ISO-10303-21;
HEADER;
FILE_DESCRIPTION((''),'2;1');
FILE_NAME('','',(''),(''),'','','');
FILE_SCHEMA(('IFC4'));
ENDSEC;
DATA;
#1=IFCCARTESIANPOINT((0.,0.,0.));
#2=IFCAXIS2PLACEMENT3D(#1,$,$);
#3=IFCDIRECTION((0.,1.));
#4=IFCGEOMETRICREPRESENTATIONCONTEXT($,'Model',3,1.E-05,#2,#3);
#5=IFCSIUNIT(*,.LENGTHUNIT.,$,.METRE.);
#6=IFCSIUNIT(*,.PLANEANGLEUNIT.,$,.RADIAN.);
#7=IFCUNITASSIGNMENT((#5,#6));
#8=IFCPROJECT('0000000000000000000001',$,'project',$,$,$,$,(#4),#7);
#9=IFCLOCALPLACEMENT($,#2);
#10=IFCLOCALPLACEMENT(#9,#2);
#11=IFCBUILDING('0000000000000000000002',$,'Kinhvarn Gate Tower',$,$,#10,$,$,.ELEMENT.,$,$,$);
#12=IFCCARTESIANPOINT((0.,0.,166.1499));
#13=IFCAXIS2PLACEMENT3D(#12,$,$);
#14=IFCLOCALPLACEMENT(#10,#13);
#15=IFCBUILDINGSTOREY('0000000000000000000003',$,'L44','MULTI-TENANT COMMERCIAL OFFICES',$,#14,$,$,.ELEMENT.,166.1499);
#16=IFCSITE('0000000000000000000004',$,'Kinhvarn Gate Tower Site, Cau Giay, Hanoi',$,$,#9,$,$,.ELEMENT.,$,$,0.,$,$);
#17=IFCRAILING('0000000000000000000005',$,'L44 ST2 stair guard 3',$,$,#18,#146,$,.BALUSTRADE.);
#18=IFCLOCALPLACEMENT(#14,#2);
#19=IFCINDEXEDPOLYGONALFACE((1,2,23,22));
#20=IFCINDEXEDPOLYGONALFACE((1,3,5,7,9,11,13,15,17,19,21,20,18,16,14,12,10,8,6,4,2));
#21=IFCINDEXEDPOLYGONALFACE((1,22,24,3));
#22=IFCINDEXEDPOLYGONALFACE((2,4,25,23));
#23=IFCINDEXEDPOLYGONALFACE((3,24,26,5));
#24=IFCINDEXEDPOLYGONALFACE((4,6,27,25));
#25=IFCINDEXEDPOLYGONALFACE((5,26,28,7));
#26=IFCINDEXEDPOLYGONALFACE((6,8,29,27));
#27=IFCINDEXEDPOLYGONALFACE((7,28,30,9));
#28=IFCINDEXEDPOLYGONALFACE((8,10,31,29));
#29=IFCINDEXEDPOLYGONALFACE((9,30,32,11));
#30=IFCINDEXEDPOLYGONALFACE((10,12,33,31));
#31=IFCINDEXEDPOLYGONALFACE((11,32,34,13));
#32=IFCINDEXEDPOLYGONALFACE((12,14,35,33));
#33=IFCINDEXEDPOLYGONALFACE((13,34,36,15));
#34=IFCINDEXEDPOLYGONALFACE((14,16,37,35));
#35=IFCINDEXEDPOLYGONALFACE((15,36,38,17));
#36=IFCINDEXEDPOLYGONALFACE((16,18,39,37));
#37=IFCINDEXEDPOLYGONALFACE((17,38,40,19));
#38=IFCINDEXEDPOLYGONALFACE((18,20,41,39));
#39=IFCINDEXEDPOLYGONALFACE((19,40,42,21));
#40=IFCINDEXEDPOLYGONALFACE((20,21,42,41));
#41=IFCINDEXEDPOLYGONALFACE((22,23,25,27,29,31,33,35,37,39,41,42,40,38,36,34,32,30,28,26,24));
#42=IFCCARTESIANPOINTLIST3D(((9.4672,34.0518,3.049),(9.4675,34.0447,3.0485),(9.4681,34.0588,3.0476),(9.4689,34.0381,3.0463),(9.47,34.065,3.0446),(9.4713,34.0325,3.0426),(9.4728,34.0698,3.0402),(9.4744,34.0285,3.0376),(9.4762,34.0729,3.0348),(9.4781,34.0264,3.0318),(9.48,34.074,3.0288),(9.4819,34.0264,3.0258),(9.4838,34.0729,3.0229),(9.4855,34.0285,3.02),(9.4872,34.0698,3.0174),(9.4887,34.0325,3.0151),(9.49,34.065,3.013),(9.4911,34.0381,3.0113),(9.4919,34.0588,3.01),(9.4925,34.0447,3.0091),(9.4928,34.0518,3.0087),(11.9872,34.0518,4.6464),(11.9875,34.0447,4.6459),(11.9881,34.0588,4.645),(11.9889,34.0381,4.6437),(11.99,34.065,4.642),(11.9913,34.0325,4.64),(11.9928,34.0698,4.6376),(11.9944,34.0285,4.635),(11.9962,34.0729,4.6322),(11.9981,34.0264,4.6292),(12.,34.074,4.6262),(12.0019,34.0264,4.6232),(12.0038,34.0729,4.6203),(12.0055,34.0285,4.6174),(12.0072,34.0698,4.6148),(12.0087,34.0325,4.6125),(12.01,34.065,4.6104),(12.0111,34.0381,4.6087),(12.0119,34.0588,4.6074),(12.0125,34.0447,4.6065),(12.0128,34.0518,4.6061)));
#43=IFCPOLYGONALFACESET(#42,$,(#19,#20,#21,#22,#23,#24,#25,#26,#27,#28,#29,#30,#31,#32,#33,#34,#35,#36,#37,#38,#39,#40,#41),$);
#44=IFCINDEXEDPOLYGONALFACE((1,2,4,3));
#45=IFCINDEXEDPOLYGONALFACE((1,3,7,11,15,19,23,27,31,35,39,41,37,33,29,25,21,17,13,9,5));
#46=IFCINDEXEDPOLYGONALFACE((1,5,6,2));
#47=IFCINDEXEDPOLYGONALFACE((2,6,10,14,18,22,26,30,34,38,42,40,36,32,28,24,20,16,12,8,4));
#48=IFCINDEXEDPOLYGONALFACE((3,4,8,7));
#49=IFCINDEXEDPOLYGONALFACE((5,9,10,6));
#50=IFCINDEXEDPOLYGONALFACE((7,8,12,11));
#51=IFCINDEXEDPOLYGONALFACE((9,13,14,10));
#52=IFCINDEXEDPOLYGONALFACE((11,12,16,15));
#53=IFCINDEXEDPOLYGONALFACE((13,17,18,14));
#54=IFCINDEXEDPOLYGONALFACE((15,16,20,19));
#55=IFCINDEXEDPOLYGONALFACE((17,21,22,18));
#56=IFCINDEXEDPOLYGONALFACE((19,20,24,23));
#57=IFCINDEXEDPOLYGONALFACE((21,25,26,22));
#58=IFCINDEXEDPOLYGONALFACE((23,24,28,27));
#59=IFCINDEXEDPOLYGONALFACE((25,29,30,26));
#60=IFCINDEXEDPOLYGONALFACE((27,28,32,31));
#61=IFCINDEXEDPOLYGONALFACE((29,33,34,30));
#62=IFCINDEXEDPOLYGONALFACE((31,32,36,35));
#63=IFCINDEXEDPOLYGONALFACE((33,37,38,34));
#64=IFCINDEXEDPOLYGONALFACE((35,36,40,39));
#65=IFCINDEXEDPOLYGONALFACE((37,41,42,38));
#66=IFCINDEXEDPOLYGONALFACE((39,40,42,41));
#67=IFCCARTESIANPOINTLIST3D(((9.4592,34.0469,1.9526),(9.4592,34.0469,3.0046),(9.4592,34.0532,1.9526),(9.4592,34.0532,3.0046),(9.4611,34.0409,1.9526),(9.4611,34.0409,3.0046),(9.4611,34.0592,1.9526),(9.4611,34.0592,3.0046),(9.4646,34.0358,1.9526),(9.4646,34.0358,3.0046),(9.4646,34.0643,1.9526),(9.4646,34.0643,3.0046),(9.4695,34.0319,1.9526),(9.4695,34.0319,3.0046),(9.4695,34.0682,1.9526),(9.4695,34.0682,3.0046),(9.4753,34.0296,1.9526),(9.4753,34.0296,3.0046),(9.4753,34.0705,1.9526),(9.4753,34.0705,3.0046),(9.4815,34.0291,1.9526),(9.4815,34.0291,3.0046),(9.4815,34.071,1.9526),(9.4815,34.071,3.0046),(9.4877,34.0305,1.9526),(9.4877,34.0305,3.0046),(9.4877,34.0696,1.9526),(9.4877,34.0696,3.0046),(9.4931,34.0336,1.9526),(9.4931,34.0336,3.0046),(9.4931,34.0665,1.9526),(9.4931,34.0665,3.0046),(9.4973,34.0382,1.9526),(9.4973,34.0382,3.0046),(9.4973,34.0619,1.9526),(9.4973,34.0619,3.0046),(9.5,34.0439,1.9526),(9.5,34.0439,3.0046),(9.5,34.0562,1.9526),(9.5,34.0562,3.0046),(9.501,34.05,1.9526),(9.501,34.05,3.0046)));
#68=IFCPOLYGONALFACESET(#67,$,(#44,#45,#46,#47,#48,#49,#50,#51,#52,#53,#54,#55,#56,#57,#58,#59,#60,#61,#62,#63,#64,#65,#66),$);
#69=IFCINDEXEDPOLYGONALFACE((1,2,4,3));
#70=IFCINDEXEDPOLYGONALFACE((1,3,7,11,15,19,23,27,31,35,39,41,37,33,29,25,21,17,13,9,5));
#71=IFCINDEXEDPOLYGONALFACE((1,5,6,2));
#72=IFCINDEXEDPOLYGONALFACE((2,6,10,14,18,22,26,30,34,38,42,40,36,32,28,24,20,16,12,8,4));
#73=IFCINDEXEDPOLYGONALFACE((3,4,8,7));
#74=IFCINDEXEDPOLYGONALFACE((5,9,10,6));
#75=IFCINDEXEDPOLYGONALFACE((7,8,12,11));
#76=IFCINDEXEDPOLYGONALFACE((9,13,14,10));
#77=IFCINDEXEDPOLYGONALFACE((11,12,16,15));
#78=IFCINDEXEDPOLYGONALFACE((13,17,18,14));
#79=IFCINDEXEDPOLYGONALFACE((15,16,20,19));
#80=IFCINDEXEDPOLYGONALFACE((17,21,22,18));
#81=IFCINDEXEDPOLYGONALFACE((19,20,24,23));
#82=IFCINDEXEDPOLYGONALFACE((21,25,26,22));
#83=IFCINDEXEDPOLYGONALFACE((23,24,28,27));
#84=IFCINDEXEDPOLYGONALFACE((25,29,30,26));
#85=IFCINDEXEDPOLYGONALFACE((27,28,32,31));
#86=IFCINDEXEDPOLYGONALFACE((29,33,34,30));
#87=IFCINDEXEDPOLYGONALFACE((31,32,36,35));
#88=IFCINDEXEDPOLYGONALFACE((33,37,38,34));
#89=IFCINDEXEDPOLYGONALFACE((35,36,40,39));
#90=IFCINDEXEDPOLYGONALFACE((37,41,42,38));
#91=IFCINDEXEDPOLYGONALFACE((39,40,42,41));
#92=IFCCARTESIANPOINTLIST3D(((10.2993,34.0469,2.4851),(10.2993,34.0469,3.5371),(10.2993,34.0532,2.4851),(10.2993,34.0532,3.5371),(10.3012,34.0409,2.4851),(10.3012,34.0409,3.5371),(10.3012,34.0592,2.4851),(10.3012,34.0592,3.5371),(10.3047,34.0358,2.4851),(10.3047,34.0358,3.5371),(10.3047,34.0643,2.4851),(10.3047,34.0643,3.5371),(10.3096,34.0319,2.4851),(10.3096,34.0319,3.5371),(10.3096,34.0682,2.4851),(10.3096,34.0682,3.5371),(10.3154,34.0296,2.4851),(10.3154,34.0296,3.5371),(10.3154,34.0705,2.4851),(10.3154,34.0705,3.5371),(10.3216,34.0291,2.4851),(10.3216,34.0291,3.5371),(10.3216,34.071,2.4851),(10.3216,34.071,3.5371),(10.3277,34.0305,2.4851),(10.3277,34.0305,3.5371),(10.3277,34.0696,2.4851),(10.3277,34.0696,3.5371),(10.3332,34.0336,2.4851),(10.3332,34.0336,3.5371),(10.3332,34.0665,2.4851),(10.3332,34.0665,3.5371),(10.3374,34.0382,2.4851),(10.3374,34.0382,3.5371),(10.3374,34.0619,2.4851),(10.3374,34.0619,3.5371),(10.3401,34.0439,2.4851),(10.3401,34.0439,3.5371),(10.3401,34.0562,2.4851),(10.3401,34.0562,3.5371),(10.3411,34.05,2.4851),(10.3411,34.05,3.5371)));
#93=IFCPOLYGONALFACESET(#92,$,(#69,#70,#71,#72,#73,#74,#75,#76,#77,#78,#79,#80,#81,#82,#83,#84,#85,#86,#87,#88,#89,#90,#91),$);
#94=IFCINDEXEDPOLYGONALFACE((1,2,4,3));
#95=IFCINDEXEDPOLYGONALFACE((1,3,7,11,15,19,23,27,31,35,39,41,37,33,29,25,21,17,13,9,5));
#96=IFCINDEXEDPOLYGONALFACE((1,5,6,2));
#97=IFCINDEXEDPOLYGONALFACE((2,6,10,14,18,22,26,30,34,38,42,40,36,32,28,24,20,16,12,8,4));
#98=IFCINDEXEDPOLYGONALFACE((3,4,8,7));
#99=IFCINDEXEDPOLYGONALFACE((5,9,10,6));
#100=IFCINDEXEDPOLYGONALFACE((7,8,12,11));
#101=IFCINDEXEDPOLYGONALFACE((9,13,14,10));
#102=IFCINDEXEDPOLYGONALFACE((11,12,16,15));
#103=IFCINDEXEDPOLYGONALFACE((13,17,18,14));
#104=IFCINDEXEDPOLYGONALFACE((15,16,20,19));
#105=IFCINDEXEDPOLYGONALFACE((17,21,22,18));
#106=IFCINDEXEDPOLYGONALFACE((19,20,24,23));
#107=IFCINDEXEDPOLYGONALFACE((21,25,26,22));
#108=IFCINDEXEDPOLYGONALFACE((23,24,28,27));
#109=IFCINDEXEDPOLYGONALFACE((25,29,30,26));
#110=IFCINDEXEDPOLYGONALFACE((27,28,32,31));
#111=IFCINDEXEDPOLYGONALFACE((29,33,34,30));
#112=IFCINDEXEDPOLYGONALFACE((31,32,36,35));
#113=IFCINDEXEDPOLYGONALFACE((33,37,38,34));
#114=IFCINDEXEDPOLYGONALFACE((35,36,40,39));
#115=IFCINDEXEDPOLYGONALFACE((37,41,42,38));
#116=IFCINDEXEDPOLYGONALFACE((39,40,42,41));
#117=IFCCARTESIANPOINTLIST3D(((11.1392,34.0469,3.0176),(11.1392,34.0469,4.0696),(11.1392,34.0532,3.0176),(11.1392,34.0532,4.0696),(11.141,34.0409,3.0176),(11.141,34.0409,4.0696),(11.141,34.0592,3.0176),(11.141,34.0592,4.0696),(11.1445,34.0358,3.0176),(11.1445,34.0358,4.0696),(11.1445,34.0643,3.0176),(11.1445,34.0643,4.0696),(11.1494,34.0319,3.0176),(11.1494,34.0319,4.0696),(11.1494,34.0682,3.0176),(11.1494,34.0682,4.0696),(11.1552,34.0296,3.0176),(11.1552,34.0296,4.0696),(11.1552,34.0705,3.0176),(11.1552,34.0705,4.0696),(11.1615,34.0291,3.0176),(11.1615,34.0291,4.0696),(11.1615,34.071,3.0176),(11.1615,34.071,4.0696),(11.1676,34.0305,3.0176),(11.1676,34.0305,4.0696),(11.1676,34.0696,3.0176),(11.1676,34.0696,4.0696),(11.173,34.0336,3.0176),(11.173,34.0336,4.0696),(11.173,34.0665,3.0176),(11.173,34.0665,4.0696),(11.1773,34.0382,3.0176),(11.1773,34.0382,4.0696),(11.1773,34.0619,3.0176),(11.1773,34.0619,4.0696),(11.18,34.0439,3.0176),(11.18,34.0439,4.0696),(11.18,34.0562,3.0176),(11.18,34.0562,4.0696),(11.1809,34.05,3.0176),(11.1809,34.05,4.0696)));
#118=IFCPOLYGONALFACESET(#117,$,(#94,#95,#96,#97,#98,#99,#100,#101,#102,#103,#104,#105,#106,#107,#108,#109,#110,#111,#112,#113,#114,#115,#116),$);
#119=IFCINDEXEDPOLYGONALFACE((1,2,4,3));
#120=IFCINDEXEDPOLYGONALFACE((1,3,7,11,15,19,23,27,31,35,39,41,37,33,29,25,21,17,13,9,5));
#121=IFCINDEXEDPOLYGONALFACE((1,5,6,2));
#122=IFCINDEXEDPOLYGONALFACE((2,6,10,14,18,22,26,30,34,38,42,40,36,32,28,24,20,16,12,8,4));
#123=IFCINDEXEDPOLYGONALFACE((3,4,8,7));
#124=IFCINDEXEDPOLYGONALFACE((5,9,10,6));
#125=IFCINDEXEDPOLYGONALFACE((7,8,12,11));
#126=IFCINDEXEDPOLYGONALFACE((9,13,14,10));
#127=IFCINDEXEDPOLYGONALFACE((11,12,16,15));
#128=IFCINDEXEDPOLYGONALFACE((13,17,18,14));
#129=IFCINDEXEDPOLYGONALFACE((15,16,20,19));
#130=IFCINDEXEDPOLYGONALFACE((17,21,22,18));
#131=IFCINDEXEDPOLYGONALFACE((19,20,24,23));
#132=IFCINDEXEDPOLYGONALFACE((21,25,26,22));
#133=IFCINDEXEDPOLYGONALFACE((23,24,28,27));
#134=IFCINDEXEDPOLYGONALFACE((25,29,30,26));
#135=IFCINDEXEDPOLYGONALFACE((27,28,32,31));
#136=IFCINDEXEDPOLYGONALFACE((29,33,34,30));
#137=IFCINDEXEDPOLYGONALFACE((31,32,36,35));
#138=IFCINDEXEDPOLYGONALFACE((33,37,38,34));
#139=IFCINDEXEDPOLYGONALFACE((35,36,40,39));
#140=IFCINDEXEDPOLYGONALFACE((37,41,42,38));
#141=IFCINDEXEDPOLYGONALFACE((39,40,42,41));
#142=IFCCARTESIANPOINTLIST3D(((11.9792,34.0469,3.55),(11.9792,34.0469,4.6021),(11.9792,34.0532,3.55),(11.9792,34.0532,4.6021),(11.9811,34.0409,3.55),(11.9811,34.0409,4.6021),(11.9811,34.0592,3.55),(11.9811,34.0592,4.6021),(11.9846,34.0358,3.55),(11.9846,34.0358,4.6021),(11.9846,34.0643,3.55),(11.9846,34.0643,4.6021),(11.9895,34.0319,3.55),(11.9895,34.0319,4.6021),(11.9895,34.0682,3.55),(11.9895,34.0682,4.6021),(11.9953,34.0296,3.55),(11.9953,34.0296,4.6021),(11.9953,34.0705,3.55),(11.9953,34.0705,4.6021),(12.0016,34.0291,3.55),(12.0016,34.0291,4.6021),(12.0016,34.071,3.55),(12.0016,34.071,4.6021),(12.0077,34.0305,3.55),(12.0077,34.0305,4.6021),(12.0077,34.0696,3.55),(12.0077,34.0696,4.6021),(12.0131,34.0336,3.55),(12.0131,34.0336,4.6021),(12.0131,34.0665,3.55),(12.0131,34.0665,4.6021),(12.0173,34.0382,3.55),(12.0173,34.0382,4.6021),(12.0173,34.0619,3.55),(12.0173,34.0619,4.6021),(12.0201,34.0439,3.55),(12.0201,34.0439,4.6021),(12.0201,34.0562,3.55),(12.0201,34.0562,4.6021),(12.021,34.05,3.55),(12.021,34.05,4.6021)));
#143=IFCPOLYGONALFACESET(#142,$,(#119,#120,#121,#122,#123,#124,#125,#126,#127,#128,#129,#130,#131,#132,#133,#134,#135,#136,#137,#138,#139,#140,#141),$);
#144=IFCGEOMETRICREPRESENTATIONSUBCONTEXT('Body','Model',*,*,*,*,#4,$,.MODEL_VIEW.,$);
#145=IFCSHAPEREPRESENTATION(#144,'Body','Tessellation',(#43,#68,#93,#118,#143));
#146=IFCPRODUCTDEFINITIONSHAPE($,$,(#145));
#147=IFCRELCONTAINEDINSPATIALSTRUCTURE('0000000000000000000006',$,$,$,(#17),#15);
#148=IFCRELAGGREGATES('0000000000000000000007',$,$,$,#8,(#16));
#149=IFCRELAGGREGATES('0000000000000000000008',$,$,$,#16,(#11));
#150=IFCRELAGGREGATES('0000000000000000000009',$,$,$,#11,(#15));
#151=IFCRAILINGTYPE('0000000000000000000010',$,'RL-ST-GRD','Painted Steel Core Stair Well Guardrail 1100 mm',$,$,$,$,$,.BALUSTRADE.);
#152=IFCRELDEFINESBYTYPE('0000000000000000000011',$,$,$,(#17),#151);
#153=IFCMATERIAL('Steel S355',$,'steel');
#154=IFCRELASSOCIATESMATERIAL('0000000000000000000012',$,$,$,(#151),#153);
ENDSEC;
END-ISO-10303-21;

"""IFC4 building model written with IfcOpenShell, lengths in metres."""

from ifc_helpers import new_model, si_unit, direction, frame, origin, origin_2d, place, context, subcontext, project, spatial, circle, extrude, material, type_object, element, save


model = new_model("IFC4")

# Units and contexts
model_context = context("Model", 3, precision=1e-05, world=origin(), true_north=direction((0.0, 1.0)))
body_context = subcontext(model_context, "Body", "Model", "MODEL_VIEW")
ifc_project = project(units=[si_unit("LENGTHUNIT", "METRE"), si_unit("PLANEANGLEUNIT", "RADIAN")], contexts=[model_context])

# Site, building, storey
site_placement = place(None, origin())
site = spatial("IfcSite", under=ifc_project, at=site_placement, Name="Kinhvarn Gate Tower Site, Cau Giay, Hanoi", CompositionType="ELEMENT", RefElevation=0.0)
building_placement = place(site_placement, origin())
building = spatial("IfcBuilding", under=site, at=building_placement, Name="Kinhvarn Gate Tower", CompositionType="ELEMENT")
storey_placement = place(building_placement, frame((0.0, 0.0, 166.1499)))
storey = spatial("IfcBuildingStorey", under=building, at=storey_placement, Name="L44", Description="MULTI-TENANT COMMERCIAL OFFICES", CompositionType="ELEMENT", Elevation=166.1499)

# Shared definitions
ifc_material_1 = material(Name="Steel S355", Category="steel")

# Railing
railing_type_1 = type_object("IfcRailingType", Name="RL-ST-GRD", Description="Painted Steel Core Stair Well Guardrail 1100 mm", PredefinedType="BALUSTRADE", material=ifc_material_1)
railing_1_placement = place(storey_placement, frame((9.48, 34.05, 1.9526)))
element("IfcRailing", 1, at=railing_1_placement, inside=storey, type_object=railing_type_1, Name="L44 ST2 stair guard 3", PredefinedType="BALUSTRADE", context=body_context, shape_type="SweptSolid", body=[
    extrude(circle(Radius=0.0239, at=origin_2d()), frame((0.0, 0.0, 1.0762), z_axis=(0.844607, 0.0, 0.535387), x_axis=(0.0, 1.0, 0.0)), (0.0, 0.0, 1.0), 2.9836),
    extrude(circle(Radius=0.021, at=origin_2d()), origin(), (0.0, 0.0, 1.0), 1.052),
    extrude(circle(Radius=0.021, at=origin_2d()), frame((0.8401, 0.0, 0.5325)), (0.0, 0.0, 1.0), 1.052),
    extrude(circle(Radius=0.021, at=origin_2d()), frame((1.6799, 0.0, 1.0649)), (0.0, 0.0, 1.0), 1.052),
    extrude(circle(Radius=0.021, at=origin_2d()), frame((2.52, 0.0, 1.5974)), (0.0, 0.0, 1.0), 1.052),
])

save(model, "model.ifc")
